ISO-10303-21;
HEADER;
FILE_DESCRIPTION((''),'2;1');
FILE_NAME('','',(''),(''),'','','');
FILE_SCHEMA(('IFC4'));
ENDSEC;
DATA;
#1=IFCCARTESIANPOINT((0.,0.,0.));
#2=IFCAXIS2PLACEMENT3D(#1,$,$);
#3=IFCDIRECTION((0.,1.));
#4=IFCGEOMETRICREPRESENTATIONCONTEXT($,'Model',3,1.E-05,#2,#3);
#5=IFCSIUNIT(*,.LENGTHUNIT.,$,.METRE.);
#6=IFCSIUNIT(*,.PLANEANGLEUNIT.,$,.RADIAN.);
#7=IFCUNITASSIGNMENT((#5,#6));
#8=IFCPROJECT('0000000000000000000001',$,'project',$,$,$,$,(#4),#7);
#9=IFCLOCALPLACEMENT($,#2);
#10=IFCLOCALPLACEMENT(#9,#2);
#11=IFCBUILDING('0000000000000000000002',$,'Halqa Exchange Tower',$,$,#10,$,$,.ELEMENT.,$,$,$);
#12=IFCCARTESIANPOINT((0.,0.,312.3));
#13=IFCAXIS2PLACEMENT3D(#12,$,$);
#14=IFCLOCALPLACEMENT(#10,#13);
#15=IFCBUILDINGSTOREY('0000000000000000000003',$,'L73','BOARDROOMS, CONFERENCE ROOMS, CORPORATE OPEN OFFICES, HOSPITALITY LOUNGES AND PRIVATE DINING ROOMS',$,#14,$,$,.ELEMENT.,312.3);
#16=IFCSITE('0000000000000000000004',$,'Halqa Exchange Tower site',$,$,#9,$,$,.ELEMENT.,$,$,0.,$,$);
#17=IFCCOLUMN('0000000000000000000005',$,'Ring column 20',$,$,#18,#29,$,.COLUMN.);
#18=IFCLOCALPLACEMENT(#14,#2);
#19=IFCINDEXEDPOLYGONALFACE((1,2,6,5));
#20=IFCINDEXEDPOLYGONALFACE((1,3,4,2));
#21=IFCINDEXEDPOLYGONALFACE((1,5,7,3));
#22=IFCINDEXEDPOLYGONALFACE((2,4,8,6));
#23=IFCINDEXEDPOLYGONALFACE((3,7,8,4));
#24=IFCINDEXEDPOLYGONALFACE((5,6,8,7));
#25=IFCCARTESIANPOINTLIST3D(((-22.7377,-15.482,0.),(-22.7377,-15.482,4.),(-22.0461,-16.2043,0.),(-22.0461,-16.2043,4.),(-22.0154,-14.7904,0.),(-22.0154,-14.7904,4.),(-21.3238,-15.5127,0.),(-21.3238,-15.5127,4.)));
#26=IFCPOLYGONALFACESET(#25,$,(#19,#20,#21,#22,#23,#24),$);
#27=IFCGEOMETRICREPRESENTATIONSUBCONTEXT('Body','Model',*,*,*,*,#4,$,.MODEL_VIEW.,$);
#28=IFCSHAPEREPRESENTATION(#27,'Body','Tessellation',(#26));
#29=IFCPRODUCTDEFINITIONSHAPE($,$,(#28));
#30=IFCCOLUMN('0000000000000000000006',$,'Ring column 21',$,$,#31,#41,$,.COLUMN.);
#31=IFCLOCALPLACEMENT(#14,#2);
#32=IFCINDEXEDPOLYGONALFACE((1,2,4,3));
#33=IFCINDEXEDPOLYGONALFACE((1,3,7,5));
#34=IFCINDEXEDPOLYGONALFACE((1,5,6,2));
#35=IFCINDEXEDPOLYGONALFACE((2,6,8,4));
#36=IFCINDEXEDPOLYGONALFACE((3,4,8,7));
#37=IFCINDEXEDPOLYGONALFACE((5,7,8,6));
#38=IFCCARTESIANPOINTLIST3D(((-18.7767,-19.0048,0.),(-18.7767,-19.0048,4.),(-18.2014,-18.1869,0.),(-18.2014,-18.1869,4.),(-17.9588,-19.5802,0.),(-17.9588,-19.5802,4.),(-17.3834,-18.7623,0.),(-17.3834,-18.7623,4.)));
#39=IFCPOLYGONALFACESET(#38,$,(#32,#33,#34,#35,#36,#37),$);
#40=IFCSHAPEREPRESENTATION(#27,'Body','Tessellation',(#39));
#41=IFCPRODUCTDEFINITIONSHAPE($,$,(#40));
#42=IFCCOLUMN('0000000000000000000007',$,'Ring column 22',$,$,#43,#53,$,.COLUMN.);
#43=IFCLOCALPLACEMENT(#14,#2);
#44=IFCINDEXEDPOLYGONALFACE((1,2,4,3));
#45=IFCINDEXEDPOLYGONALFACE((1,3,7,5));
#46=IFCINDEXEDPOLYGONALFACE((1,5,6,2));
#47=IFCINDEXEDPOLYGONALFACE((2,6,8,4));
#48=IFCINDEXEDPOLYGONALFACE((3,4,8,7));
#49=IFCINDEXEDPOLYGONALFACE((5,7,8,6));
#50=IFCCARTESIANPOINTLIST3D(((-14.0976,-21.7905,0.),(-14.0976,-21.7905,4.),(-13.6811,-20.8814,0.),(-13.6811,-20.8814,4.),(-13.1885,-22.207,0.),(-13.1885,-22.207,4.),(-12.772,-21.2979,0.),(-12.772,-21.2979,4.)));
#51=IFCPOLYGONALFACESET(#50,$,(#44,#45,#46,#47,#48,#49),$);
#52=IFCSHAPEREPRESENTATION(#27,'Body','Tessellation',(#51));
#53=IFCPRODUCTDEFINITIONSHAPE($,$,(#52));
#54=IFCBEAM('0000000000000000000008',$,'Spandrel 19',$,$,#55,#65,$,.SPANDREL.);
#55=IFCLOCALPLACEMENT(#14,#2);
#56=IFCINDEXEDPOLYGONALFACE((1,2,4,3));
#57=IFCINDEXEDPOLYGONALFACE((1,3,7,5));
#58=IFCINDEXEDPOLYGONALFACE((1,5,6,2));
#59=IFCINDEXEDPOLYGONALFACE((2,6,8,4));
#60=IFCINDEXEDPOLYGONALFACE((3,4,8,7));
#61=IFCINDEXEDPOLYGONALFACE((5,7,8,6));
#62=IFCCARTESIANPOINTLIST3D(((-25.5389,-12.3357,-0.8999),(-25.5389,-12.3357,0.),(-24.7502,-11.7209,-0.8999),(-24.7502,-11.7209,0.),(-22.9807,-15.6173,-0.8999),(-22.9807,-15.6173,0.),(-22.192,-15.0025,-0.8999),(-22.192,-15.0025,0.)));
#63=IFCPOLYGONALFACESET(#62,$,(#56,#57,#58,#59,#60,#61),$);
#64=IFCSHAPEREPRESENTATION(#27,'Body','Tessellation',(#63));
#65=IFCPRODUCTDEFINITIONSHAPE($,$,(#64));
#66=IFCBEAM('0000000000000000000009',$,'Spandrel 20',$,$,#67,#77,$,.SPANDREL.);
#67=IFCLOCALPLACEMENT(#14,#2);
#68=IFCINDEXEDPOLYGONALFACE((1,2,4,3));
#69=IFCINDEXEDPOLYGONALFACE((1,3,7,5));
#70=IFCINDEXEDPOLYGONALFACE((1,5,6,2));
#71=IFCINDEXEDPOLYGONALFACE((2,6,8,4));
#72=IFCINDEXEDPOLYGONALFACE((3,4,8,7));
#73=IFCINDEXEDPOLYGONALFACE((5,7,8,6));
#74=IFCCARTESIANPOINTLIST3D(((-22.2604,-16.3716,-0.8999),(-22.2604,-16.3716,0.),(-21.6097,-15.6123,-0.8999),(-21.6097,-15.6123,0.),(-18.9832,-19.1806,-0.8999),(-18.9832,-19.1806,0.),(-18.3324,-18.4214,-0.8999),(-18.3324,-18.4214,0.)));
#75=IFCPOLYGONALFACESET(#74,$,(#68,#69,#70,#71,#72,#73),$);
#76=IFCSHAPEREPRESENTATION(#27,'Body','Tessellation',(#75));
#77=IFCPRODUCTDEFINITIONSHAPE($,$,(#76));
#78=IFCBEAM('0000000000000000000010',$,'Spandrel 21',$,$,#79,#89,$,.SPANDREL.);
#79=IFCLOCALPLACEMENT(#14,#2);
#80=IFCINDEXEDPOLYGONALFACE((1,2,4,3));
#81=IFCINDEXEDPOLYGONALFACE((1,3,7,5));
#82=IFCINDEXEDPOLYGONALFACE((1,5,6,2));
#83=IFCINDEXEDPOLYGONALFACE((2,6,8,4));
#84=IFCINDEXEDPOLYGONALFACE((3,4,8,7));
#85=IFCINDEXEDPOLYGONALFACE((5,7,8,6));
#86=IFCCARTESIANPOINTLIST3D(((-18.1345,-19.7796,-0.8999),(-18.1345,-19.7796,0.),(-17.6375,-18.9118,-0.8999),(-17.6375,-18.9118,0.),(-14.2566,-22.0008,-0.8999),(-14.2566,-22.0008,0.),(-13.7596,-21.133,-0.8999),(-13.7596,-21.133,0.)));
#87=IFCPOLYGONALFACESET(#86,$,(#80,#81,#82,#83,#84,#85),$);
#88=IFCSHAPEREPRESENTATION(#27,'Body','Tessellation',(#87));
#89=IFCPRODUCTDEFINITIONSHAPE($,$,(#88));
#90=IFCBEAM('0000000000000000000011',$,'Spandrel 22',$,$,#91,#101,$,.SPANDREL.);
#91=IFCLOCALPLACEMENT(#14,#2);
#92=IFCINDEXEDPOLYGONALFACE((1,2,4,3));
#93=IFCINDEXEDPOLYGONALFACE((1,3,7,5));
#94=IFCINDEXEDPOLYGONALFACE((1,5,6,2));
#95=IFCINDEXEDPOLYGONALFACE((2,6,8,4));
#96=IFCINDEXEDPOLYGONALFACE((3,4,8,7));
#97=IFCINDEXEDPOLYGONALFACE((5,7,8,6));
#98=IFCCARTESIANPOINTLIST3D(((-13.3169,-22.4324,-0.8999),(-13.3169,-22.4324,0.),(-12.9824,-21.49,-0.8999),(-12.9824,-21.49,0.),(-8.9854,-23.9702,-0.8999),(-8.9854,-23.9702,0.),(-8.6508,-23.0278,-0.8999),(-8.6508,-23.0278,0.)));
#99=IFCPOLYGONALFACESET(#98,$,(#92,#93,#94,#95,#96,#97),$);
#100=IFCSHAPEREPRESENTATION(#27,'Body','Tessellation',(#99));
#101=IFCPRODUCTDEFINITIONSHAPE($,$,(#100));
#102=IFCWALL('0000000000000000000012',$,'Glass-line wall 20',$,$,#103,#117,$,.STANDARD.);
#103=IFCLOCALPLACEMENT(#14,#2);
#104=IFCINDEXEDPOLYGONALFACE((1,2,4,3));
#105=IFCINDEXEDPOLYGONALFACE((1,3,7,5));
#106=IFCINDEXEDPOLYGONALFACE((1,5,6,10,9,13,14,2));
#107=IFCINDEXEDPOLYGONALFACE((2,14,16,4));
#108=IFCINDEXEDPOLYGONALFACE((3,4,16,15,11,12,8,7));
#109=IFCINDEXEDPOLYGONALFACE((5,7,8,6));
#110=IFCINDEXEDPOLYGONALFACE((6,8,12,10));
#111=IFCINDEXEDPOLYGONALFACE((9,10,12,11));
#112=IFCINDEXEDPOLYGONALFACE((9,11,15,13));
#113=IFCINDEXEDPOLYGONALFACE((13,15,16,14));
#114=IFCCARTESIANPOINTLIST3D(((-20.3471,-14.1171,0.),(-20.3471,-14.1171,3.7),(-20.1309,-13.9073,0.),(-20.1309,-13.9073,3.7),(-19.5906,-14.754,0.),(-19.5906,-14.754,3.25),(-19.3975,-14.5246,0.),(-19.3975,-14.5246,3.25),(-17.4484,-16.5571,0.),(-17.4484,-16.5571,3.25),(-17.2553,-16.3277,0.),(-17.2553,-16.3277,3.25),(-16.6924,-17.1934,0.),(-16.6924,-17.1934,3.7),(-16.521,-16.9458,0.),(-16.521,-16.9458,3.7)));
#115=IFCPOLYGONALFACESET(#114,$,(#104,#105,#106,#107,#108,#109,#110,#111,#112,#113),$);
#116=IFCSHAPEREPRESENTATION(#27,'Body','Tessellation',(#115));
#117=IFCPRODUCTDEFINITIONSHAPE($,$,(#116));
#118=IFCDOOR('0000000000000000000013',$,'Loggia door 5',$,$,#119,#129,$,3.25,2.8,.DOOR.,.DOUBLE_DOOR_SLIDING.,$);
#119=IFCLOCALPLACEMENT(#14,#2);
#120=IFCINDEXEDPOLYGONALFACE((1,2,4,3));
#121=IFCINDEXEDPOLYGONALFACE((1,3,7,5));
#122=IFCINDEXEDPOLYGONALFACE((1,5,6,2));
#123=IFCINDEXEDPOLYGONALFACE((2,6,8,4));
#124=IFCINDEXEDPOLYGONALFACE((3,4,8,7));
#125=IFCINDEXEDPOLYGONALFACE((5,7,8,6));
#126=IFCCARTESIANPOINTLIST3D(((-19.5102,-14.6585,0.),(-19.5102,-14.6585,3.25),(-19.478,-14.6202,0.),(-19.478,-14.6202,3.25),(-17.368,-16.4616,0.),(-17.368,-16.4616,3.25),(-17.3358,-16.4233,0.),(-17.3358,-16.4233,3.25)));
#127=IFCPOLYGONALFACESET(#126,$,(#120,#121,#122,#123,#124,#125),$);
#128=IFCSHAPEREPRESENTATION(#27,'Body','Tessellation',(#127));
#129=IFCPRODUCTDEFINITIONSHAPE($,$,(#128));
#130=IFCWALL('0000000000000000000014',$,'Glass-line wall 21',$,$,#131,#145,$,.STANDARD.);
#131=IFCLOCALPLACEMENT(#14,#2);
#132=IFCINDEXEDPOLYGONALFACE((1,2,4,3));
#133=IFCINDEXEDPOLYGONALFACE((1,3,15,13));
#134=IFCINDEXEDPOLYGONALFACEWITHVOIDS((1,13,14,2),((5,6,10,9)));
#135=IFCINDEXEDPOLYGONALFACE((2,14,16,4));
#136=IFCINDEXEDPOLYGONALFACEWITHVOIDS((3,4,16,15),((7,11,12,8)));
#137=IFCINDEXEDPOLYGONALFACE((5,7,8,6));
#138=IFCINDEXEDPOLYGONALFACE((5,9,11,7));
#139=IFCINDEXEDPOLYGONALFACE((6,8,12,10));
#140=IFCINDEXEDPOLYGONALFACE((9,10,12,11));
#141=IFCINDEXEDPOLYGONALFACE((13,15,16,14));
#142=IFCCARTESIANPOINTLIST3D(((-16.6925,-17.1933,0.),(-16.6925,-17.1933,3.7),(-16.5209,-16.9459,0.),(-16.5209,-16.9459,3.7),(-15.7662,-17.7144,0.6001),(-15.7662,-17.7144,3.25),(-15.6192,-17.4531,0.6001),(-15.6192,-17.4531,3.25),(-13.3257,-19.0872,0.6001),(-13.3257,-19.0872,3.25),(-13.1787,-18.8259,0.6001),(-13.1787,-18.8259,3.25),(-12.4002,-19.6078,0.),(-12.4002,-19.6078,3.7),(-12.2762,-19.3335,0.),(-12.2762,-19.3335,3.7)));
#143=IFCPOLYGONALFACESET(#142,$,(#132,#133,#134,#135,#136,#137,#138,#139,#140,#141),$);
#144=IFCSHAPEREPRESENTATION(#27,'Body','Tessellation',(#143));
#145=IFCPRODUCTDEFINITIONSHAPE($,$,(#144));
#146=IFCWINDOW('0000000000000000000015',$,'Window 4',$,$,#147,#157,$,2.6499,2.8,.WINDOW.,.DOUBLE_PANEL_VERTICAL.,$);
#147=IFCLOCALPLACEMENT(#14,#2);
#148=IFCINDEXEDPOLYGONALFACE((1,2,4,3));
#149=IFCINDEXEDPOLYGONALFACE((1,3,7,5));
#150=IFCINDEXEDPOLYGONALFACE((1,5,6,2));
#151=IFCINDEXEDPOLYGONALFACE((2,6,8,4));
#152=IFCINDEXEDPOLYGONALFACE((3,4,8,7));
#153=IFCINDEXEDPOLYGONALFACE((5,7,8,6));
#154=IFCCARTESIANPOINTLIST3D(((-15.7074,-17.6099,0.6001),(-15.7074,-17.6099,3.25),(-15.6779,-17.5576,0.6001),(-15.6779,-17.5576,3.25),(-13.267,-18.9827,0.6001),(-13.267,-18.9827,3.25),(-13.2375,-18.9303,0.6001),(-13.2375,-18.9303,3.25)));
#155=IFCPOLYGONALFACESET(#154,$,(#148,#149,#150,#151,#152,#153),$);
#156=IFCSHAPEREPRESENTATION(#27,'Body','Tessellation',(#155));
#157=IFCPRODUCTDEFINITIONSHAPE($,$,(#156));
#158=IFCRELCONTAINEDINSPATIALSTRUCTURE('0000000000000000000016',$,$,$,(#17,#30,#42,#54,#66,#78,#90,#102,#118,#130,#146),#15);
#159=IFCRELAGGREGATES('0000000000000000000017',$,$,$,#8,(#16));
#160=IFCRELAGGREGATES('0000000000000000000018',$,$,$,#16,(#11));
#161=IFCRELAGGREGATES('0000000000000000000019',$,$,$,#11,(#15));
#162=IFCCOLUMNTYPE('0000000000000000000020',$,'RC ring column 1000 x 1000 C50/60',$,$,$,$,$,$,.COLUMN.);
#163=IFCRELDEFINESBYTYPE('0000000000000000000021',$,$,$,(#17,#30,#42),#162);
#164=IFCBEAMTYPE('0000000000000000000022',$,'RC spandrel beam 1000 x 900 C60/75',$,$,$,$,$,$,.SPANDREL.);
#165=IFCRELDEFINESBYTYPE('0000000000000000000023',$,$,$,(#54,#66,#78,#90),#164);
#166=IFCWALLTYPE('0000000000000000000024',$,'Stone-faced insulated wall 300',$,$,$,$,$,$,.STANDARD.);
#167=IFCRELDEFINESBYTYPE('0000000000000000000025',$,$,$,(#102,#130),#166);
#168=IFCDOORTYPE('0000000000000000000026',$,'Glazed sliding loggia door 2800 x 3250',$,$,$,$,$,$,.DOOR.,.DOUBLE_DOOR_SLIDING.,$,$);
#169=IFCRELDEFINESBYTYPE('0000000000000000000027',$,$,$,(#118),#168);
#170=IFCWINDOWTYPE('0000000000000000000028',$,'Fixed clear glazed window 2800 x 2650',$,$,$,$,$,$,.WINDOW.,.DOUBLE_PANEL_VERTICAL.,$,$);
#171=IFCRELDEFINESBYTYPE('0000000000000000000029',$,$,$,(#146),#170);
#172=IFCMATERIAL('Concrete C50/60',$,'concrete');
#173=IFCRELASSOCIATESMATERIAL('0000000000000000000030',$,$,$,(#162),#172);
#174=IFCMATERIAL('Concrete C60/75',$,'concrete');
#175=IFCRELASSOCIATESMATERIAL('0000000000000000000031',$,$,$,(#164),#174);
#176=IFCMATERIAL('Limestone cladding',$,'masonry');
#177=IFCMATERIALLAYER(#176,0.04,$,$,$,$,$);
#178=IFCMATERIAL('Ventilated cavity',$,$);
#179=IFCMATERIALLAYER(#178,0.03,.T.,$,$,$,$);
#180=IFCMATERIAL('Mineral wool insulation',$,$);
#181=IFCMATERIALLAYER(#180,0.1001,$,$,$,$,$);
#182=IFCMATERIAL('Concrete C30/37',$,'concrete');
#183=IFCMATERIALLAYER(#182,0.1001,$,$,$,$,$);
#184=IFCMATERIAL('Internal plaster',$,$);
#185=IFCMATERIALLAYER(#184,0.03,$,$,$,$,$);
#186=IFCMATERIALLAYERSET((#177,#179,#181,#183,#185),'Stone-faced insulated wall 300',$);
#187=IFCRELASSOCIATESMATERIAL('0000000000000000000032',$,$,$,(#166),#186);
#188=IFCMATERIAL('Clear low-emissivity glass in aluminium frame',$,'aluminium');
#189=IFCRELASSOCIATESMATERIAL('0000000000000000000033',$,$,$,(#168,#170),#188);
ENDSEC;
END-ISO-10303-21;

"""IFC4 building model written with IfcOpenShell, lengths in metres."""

from ifc_helpers import new_model, si_unit, direction, frame, frame_2d, origin, origin_2d, place, context, subcontext, project, spatial, polyline, rectangle, outline, extrude, material, layer, layer_set, material_profile, profile_set, type_object, element, fill, save


model = new_model("IFC4")

# Units and contexts
model_context = context("Model", 3, precision=1e-05, world=origin(), true_north=direction((0.0, 1.0)))
body_context = subcontext(model_context, "Body", "Model", "MODEL_VIEW")
ifc_project = project(units=[si_unit("LENGTHUNIT", "METRE"), si_unit("PLANEANGLEUNIT", "RADIAN")], contexts=[model_context])

# Site, building, storey
site_placement = place(None, origin())
site = spatial("IfcSite", under=ifc_project, at=site_placement, Name="Halqa Exchange Tower site", CompositionType="ELEMENT", RefElevation=0.0)
building_placement = place(site_placement, origin())
building = spatial("IfcBuilding", under=site, at=building_placement, Name="Halqa Exchange Tower", CompositionType="ELEMENT")
storey_placement = place(building_placement, frame((0.0, 0.0, 312.3)))
storey = spatial("IfcBuildingStorey", under=building, at=storey_placement, Name="L73", Description="BOARDROOMS, CONFERENCE ROOMS, CORPORATE OPEN OFFICES, HOSPITALITY LOUNGES AND PRIVATE DINING ROOMS", CompositionType="ELEMENT", Elevation=312.3)

# Columns
ifc_material_1 = material(Name="Concrete C50/60", Category="concrete")
ifc_material_profile_1 = material_profile(ifc_material_1, rectangle(XDim=1.0, YDim=1.0, at=origin_2d()), Name="1000 x 1000")
ifc_profile_set_1 = profile_set([ifc_material_profile_1], Name="Concrete C50/60")
column_type = type_object("IfcColumnType", Name="RC ring column 1000 x 1000 C50/60", PredefinedType="COLUMN", material=ifc_profile_set_1)
for number, where, z_axis, x_axis, name in (
    (1, (-22.0308, -15.4973, 0.0), (0.0, 0.0, 1.0), (0.691579, -0.722301, 0.0), "Ring column 20"),
    (2, (-18.0801, -18.8835, 0.0), (0.0, 0.0, 1.0), (0.817907, -0.575351, 0.0), "Ring column 21"),
    (3, (-13.4348, -21.5442, 0.0), (0.0, 0.0, 1.0), (0.909129, -0.416516, 0.0), "Ring column 22"),
):
    element("IfcColumn", number, at=place(storey_placement, frame(where, z_axis=z_axis, x_axis=x_axis)), inside=storey, type_object=column_type, Name=name, PredefinedType="COLUMN", context=body_context, shape_type="SweptSolid", body=[
        extrude(rectangle(XDim=1.0, YDim=1.0, at=origin_2d()), origin(), (0.0, 0.0, 1.0), 4.0),
    ])

# Beams
ifc_material_2 = material(Name="Concrete C60/75", Category="concrete")
ifc_material_profile_2 = material_profile(ifc_material_2, rectangle(XDim=1.0, YDim=0.8999, at=origin_2d()), Name="1000 x 900")
ifc_profile_set_2 = profile_set([ifc_material_profile_2], Name="Concrete C60/75")
beam_type = type_object("IfcBeamType", Name="RC spandrel beam 1000 x 900 C60/75", PredefinedType="SPANDREL", material=ifc_profile_set_2)
beam_1_placement = place(storey_placement, frame((-25.1445, -12.0283, -0.45), z_axis=(0.614814, -0.788672, 0.0), x_axis=(0.788672, 0.614814, 0.0)))
element("IfcBeam", 4, at=beam_1_placement, inside=storey, type_object=beam_type, Name="Spandrel 19", PredefinedType="SPANDREL", context=body_context, shape_type="SweptSolid", body=[
    extrude(rectangle(XDim=1.0, YDim=0.8999, at=origin_2d()), origin(), (0.0, 0.0, 1.0), 4.1609),
])
beam_2_placement = place(storey_placement, frame((-21.9351, -15.9919, -0.45), z_axis=(0.759265, -0.650782, 0.0), x_axis=(0.650782, 0.759265, 0.0)))
element("IfcBeam", 5, at=beam_2_placement, inside=storey, type_object=beam_type, Name="Spandrel 20", PredefinedType="SPANDREL", context=body_context, shape_type="SweptSolid", body=[
    extrude(rectangle(XDim=1.0, YDim=0.8999, at=origin_2d()), origin(), (0.0, 0.0, 1.0), 4.3164),
])
beam_3_placement = place(storey_placement, frame((-17.886, -19.3457, -0.45), z_axis=(0.867738, -0.497021, 0.0), x_axis=(0.497021, 0.867738, 0.0)))
element("IfcBeam", 6, at=beam_3_placement, inside=storey, type_object=beam_type, Name="Spandrel 21", PredefinedType="SPANDREL", context=body_context, shape_type="SweptSolid", body=[
    extrude(rectangle(XDim=1.0, YDim=0.8999, at=origin_2d()), origin(), (0.0, 0.0, 1.0), 4.469),
])
beam_4_placement = place(storey_placement, frame((-13.1497, -21.9612, -0.45), z_axis=(0.94237, -0.334573, 0.0), x_axis=(0.334573, 0.94237, 0.0)))
element("IfcBeam", 7, at=beam_4_placement, inside=storey, type_object=beam_type, Name="Spandrel 22", PredefinedType="SPANDREL", context=body_context, shape_type="SweptSolid", body=[
    extrude(rectangle(XDim=1.0, YDim=0.8999, at=origin_2d()), origin(), (0.0, 0.0, 1.0), 4.5964),
])

# Wall, opening, door
ifc_material_3 = material(Name="Limestone cladding", Category="masonry")
ifc_layer_1 = layer(ifc_material_3, 0.04)
ifc_material_4 = material(Name="Ventilated cavity")
ifc_layer_2 = layer(ifc_material_4, 0.03, ventilated=True)
ifc_material_5 = material(Name="Mineral wool insulation")
ifc_layer_3 = layer(ifc_material_5, 0.1001)
ifc_material_6 = material(Name="Concrete C30/37", Category="concrete")
ifc_layer_4 = layer(ifc_material_6, 0.1001)
ifc_material_7 = material(Name="Internal plaster")
ifc_layer_5 = layer(ifc_material_7, 0.03)
ifc_layer_set_1 = layer_set([ifc_layer_1, ifc_layer_2, ifc_layer_3, ifc_layer_4, ifc_layer_5], Name="Stone-faced insulated wall 300")
wall_type_1 = type_object("IfcWallType", Name="Stone-faced insulated wall 300", PredefinedType="STANDARD", material=ifc_layer_set_1)
wall_1_placement = place(storey_placement, frame((-20.239, -14.0122, 0.0), z_axis=(0.0, 0.0, 1.0), x_axis=(0.765059, -0.64396, 0.0)))
wall_1 = element("IfcWall", 8, at=wall_1_placement, inside=storey, type_object=wall_type_1, Name="Glass-line wall 20", PredefinedType="STANDARD", context=body_context, shape_type="SweptSolid", body=[
    extrude(outline(polyline([(-0.0151, -0.1499), (4.762, -0.1499), (4.7336, 0.1499), (0.0151, 0.1499), (-0.0151, -0.1499)])), origin(), (0.0, 0.0, 1.0), 3.7),
])
opening_1_placement = place(wall_1_placement, frame((0.9739, 0.0, 0.0)))
opening_1 = element("IfcOpeningElement", 9, at=opening_1_placement, cuts=wall_1, PredefinedType="OPENING", context=body_context, shape_type="SweptSolid", body=[
    extrude(rectangle(XDim=2.8, YDim=3.25, at=frame_2d((1.3999, 1.625))), frame((0.0, 0.1621, 0.0), z_axis=(0.0, -1.0, 0.0), x_axis=(1.0, 0.0, 0.0)), (0.0, 0.0, 1.0), 0.324),
])
ifc_material_8 = material(Name="Clear low-emissivity glass in aluminium frame", Category="aluminium")
door_type_1 = type_object("IfcDoorType", Name="Glazed sliding loggia door 2800 x 3250", OperationType="DOUBLE_DOOR_SLIDING", PredefinedType="DOOR", material=ifc_material_8)
door_1_placement = place(opening_1_placement, origin())
door_1 = element("IfcDoor", 10, at=door_1_placement, inside=storey, type_object=door_type_1, Name="Loggia door 5", OperationType="DOUBLE_DOOR_SLIDING", OverallHeight=3.25, OverallWidth=2.8, PredefinedType="DOOR", context=body_context, shape_type="SweptSolid", body=[
    extrude(rectangle(XDim=2.8, YDim=3.25, at=frame_2d((1.3999, 1.625))), frame((0.0, 0.0249, 0.0), z_axis=(0.0, -1.0, 0.0), x_axis=(1.0, 0.0, 0.0)), (0.0, 0.0, 1.0), 0.05),
])
fill(opening_1, door_1)

# Wall, opening, window
wall_2_placement = place(storey_placement, frame((-16.6067, -17.0696, 0.0), z_axis=(0.0, 0.0, 1.0), x_axis=(0.87157, -0.490271, 0.0)))
wall_2 = element("IfcWall", 11, at=wall_2_placement, inside=storey, type_object=wall_type_1, Name="Glass-line wall 21", PredefinedType="STANDARD", context=body_context, shape_type="SweptSolid", body=[
    extrude(outline(polyline([(-0.0142, -0.1499), (4.9106, -0.1499), (4.8843, 0.1499), (0.0142, 0.1499), (-0.0142, -0.1499)])), origin(), (0.0, 0.0, 1.0), 3.7),
])
opening_2_placement = place(wall_2_placement, frame((1.0488, 0.0, 0.6001)))
opening_2 = element("IfcOpeningElement", 12, at=opening_2_placement, cuts=wall_2, PredefinedType="OPENING", context=body_context, shape_type="SweptSolid", body=[
    extrude(rectangle(XDim=2.8, YDim=2.6499, at=frame_2d((1.3999, 1.325))), frame((0.0, 0.1621, 0.0), z_axis=(0.0, -1.0, 0.0), x_axis=(1.0, 0.0, 0.0)), (0.0, 0.0, 1.0), 0.324),
])
window_type = type_object("IfcWindowType", Name="Fixed clear glazed window 2800 x 2650", PartitioningType="DOUBLE_PANEL_VERTICAL", PredefinedType="WINDOW", material=ifc_material_8)
window_1_placement = place(opening_2_placement, origin())
window_1 = element("IfcWindow", 13, at=window_1_placement, inside=storey, type_object=window_type, Name="Window 4", OverallHeight=2.6499, OverallWidth=2.8, PartitioningType="DOUBLE_PANEL_VERTICAL", PredefinedType="WINDOW", context=body_context, shape_type="SweptSolid", body=[
    extrude(rectangle(XDim=2.8, YDim=2.6499, at=frame_2d((1.3999, 1.325))), frame((0.0, 0.03, 0.0), z_axis=(0.0, -1.0, 0.0), x_axis=(1.0, 0.0, 0.0)), (0.0, 0.0, 1.0), 0.0601),
])
fill(opening_2, window_1)

save(model, "model.ifc")
